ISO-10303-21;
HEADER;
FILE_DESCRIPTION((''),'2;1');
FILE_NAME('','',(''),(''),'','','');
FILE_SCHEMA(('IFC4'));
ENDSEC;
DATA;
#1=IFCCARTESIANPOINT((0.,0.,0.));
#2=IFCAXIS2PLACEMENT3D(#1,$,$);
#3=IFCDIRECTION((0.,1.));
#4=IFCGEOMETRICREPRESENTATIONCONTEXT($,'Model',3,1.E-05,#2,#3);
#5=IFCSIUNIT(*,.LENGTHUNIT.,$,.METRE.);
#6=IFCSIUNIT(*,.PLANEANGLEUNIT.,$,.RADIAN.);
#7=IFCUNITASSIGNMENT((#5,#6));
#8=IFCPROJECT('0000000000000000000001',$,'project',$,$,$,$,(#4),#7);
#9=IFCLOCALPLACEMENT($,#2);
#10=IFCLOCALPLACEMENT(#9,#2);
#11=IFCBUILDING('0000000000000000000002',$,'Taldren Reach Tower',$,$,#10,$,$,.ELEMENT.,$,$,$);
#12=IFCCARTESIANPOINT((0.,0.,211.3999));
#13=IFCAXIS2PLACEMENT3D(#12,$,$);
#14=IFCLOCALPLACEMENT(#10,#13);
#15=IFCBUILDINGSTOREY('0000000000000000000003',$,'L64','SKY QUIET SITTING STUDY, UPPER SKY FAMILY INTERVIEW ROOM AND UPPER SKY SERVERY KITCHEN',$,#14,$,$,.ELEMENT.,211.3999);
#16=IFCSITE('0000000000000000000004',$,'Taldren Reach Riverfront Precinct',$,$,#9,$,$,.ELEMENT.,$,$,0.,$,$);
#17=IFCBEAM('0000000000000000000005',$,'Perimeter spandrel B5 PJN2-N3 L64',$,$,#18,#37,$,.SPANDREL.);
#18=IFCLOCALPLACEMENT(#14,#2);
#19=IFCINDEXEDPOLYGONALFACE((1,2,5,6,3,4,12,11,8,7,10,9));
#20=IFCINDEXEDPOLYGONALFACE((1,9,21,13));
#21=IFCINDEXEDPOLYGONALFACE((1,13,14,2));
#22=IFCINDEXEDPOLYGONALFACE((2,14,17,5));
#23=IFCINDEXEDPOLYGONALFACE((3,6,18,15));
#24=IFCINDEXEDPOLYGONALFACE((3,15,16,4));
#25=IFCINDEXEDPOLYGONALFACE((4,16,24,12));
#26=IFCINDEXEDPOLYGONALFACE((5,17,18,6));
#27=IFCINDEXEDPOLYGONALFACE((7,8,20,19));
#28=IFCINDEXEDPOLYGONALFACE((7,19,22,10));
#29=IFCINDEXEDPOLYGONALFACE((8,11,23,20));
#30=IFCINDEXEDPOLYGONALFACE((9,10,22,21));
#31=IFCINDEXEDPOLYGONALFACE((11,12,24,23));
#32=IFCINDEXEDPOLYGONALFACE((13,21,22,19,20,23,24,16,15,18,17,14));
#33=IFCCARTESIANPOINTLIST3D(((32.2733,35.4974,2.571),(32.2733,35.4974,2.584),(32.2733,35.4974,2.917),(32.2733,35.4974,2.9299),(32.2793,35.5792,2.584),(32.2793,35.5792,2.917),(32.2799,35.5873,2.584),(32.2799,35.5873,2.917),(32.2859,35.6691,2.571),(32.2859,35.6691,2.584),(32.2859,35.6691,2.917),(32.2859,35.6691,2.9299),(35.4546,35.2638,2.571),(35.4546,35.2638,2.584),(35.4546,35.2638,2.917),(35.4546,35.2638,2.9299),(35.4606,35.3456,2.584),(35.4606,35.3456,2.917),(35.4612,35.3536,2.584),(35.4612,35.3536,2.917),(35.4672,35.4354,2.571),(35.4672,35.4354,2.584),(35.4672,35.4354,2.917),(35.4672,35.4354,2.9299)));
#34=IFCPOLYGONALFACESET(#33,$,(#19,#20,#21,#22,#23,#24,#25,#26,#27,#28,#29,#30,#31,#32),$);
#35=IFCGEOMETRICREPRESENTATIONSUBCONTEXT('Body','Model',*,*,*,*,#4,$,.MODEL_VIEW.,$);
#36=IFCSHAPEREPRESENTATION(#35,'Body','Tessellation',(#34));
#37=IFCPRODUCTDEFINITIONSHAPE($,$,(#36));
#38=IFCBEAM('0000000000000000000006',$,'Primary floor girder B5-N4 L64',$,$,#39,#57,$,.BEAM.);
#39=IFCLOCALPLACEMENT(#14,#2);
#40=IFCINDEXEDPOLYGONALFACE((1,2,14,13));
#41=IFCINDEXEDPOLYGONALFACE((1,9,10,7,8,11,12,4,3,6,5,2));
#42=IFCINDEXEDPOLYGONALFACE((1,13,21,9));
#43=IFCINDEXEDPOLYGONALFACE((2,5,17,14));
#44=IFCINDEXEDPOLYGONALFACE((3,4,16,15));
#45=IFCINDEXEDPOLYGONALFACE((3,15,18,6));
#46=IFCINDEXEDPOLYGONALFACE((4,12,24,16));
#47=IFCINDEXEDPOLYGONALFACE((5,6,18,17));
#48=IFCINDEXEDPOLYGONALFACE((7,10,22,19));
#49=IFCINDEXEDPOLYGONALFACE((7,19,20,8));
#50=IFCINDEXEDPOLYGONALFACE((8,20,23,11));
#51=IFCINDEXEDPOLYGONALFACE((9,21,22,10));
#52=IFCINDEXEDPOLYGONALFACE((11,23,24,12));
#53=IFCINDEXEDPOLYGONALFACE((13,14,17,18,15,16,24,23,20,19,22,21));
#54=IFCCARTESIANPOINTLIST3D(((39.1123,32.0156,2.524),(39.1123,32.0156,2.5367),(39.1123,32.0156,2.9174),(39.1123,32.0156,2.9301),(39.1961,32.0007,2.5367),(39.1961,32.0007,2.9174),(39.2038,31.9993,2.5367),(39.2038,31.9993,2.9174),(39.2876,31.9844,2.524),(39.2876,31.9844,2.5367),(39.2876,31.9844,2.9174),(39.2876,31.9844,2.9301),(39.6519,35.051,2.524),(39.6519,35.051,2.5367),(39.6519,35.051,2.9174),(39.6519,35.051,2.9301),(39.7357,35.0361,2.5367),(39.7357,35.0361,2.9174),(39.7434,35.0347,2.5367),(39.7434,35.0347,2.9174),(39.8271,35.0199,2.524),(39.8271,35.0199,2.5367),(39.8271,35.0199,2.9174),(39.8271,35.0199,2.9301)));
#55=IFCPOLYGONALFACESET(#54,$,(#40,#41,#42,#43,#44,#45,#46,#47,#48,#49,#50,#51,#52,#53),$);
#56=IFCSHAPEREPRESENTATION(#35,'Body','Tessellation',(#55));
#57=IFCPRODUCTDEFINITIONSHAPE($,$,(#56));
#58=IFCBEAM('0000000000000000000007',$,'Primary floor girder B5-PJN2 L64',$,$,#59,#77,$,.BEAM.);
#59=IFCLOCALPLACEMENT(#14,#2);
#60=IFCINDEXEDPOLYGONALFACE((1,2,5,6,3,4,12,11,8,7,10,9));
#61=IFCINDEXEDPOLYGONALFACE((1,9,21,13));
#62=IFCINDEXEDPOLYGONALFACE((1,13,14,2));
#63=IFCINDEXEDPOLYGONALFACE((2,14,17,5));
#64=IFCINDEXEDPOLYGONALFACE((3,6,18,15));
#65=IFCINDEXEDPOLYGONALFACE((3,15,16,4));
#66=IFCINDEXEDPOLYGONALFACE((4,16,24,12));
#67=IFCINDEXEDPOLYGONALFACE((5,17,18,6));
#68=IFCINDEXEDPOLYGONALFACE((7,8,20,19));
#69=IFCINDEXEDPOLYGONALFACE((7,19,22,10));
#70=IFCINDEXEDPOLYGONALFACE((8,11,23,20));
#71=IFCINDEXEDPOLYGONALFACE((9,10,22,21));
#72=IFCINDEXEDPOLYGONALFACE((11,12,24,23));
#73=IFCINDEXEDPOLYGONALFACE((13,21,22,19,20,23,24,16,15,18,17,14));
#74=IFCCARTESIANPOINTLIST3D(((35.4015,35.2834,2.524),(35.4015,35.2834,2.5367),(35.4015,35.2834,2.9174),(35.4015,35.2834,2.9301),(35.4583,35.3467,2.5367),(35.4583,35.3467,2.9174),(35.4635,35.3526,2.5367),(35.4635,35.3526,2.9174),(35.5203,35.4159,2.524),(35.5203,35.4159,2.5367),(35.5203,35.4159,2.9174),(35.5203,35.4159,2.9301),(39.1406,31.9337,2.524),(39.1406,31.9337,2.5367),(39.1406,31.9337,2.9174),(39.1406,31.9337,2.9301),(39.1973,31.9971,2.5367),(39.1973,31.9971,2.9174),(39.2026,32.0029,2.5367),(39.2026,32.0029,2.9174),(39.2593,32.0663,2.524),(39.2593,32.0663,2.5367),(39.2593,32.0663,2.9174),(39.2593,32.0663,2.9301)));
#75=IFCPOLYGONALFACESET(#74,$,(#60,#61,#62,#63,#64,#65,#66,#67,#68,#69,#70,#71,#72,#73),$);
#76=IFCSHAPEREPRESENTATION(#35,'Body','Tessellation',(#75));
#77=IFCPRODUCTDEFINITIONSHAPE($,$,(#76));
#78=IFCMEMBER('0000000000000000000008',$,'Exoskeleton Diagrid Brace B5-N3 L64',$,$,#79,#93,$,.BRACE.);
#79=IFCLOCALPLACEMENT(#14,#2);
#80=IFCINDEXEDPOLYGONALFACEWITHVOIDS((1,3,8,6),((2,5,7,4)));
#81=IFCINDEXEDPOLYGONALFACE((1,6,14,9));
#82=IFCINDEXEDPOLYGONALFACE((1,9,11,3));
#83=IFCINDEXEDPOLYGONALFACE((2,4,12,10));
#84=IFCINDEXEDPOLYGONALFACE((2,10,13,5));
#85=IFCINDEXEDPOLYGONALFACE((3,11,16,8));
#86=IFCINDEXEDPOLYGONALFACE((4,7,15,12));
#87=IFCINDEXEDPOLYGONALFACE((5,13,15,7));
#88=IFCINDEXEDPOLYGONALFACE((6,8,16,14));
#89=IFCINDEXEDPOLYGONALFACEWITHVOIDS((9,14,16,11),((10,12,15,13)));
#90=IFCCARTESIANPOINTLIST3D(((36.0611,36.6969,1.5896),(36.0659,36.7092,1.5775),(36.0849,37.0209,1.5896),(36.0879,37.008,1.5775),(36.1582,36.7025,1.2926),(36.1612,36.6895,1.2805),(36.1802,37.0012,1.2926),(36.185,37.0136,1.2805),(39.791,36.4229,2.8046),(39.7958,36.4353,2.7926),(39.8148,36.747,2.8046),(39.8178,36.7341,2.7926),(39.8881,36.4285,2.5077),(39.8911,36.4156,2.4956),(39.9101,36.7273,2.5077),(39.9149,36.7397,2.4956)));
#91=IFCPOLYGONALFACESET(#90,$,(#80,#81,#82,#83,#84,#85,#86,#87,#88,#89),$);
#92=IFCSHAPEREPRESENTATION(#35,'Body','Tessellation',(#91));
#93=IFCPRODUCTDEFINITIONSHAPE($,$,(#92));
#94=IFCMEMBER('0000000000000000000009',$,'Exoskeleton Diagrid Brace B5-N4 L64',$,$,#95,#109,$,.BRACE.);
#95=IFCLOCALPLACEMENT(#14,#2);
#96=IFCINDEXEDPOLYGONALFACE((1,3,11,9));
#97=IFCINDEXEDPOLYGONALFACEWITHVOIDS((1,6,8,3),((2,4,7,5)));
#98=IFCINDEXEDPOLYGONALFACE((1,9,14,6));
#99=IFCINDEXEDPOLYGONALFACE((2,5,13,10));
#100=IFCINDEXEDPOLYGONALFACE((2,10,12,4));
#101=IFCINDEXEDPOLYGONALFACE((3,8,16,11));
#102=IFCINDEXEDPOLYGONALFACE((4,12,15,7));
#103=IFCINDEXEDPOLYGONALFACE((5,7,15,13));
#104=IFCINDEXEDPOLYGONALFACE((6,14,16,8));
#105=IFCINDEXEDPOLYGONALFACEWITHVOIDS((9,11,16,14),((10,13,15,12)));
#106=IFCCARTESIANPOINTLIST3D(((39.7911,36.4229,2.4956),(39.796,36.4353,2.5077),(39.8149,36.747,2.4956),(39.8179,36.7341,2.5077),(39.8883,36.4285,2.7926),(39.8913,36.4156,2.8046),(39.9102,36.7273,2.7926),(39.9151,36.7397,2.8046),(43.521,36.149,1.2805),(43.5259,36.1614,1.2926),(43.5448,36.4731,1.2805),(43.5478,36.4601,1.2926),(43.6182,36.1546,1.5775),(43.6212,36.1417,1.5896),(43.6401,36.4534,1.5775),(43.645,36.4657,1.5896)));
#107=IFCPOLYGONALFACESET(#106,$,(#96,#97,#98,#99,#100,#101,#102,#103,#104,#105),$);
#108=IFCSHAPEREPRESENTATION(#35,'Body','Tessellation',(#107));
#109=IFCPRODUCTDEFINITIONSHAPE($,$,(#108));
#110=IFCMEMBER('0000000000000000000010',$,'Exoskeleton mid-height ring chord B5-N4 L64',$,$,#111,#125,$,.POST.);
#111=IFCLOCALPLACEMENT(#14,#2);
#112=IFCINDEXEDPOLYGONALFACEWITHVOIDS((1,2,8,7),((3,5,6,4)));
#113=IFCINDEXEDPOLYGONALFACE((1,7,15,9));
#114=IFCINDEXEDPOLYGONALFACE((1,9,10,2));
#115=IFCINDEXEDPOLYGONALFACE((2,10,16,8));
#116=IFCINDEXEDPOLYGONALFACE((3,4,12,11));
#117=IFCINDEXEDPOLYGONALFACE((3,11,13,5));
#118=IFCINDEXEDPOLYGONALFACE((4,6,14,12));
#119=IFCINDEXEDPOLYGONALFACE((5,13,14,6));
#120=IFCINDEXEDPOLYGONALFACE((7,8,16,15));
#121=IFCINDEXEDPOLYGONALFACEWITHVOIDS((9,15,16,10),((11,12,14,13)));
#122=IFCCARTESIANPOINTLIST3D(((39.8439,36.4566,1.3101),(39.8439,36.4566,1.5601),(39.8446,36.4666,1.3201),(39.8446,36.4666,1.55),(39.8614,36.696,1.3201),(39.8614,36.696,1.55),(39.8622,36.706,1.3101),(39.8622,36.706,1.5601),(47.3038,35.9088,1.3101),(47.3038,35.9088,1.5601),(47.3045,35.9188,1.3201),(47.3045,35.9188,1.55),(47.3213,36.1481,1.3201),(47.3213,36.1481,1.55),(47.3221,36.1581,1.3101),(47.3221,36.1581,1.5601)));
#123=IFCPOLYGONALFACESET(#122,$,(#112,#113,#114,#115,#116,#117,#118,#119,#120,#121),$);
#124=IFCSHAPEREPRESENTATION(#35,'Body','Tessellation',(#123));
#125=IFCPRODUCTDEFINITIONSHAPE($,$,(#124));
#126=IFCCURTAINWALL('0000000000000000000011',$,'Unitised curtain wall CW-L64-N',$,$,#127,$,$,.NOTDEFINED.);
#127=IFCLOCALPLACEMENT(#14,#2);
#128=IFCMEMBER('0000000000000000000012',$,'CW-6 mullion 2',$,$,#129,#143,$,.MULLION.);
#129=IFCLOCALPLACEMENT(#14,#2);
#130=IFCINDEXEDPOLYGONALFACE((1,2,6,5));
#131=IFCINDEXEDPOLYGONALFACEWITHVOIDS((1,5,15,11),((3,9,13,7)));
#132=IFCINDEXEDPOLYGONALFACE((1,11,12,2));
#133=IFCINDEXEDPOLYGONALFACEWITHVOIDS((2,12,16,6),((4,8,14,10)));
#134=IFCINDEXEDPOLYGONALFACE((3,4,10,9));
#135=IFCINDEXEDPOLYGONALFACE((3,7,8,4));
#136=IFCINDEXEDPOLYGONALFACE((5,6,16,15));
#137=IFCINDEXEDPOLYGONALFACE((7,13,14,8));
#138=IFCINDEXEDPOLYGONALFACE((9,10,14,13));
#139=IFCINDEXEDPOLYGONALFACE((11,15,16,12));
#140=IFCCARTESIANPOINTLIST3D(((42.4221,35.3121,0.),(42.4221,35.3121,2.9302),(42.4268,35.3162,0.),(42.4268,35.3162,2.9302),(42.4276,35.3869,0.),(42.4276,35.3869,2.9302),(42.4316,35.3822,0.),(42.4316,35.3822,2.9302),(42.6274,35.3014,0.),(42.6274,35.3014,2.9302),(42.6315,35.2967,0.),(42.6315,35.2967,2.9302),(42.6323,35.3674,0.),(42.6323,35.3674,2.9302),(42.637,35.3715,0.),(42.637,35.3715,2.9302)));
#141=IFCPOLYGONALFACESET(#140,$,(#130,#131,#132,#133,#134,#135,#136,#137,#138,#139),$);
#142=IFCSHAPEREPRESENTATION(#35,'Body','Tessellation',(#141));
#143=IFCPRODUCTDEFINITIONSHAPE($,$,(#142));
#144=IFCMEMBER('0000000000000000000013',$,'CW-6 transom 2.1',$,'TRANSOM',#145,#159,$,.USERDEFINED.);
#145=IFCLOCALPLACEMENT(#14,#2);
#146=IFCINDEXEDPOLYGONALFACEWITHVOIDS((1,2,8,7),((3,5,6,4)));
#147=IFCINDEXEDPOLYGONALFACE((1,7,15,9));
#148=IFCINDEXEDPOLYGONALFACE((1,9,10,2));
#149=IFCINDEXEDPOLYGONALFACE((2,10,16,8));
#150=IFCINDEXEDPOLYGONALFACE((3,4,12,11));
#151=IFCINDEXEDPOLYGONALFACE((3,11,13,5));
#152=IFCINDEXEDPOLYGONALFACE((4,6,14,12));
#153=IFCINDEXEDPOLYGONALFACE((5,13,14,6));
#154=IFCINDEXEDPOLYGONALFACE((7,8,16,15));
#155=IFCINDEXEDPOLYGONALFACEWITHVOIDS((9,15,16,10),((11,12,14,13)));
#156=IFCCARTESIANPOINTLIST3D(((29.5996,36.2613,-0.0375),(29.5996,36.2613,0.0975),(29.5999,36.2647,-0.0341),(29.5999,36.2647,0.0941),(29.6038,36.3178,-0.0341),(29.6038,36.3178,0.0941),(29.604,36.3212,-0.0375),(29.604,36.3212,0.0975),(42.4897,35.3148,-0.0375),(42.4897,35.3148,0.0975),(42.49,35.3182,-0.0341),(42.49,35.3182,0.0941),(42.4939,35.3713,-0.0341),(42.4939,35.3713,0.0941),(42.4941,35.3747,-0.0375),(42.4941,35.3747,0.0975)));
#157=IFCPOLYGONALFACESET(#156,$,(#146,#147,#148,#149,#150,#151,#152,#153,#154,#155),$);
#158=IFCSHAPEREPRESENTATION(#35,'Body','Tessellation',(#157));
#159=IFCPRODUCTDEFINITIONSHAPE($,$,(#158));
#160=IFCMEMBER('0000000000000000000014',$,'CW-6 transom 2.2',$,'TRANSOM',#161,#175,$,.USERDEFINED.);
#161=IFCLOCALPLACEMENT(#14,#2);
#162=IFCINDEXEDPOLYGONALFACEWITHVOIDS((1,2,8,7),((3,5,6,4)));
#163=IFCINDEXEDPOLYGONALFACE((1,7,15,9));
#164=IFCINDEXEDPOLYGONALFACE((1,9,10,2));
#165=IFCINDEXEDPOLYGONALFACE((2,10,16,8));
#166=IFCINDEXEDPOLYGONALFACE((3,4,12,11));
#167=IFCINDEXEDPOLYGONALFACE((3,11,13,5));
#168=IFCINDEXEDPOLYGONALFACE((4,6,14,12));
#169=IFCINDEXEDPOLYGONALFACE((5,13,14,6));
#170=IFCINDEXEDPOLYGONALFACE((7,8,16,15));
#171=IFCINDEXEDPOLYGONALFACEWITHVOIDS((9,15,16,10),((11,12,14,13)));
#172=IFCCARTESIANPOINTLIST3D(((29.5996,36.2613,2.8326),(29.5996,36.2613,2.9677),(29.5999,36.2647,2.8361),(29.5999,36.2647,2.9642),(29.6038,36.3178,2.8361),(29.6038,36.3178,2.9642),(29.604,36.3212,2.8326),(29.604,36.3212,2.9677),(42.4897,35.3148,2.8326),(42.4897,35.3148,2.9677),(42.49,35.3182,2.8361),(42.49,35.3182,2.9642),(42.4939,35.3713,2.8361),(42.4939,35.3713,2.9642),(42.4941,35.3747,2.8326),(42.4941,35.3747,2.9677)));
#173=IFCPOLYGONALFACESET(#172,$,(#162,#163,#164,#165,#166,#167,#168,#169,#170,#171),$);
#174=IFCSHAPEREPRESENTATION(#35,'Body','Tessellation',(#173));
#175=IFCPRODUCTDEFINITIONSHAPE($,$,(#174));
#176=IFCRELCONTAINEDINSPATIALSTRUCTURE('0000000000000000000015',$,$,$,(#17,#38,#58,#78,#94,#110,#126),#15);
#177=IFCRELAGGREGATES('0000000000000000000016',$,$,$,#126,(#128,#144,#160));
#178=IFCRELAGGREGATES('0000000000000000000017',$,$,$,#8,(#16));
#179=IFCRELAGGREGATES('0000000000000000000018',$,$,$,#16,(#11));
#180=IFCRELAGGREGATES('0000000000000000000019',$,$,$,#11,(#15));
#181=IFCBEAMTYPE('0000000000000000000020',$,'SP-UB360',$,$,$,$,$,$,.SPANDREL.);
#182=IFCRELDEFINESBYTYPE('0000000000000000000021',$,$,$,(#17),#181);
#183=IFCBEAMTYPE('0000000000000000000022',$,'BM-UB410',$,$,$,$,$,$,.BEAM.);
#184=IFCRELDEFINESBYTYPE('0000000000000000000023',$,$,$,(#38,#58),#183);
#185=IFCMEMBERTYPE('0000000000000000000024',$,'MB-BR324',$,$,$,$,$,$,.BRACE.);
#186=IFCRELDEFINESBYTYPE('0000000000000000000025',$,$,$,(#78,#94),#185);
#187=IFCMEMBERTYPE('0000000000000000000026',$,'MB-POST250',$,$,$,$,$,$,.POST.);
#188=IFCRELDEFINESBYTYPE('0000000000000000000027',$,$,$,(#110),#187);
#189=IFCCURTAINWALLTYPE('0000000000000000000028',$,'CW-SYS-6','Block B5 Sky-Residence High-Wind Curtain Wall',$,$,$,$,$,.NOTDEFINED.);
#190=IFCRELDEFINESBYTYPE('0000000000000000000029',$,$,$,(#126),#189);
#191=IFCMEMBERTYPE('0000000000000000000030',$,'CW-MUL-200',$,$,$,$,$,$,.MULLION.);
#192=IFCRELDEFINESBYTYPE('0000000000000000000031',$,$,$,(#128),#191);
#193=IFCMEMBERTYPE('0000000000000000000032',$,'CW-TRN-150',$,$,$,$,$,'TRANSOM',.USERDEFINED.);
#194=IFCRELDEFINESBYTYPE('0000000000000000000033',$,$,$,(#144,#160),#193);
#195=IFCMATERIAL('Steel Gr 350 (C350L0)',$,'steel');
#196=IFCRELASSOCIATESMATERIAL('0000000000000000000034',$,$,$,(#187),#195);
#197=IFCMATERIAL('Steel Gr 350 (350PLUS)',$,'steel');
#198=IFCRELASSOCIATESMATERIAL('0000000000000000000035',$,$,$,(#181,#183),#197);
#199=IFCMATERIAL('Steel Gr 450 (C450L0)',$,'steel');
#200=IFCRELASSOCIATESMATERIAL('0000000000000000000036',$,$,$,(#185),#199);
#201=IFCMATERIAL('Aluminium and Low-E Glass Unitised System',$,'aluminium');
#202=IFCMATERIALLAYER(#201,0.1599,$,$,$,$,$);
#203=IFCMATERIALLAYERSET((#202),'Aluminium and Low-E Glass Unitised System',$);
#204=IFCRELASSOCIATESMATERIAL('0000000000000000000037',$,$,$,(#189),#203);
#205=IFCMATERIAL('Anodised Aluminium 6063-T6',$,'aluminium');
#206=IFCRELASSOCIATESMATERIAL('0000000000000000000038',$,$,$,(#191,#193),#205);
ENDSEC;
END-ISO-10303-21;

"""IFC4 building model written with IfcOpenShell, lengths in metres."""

from ifc_helpers import new_model, si_unit, direction, frame, origin, origin_2d, place, context, subcontext, project, spatial, hollow_rectangle, i_section, extrude, source, transform, mapped, material, layer, layer_set, material_profile, profile_set, type_object, element, aggregate, save


model = new_model("IFC4")

# Units and contexts
model_context = context("Model", 3, precision=1e-05, world=origin(), true_north=direction((0.0, 1.0)))
body_context = subcontext(model_context, "Body", "Model", "MODEL_VIEW")
ifc_project = project(units=[si_unit("LENGTHUNIT", "METRE"), si_unit("PLANEANGLEUNIT", "RADIAN")], contexts=[model_context])

# Site, building, storey
site_placement = place(None, origin())
site = spatial("IfcSite", under=ifc_project, at=site_placement, Name="Taldren Reach Riverfront Precinct", CompositionType="ELEMENT", RefElevation=0.0)
building_placement = place(site_placement, origin())
building = spatial("IfcBuilding", under=site, at=building_placement, Name="Taldren Reach Tower", CompositionType="ELEMENT")
storey_placement = place(building_placement, frame((0.0, 0.0, 211.3999)))
storey = spatial("IfcBuildingStorey", under=building, at=storey_placement, Name="L64", Description="SKY QUIET SITTING STUDY, UPPER SKY FAMILY INTERVIEW ROOM AND UPPER SKY SERVERY KITCHEN", CompositionType="ELEMENT", Elevation=211.3999)

# Shared definitions
ifc_material_1 = material(Name="Steel Gr 350 (C350L0)", Category="steel")
ifc_material_2 = material(Name="Steel Gr 350 (350PLUS)", Category="steel")

# Shared definitions
ifc_material_profile_1 = material_profile(ifc_material_1, hollow_rectangle(XDim=0.25, YDim=0.25, WallThickness=0.01, at=origin_2d()), Name="250x250x10.0SHS")
ifc_profile_set_1 = profile_set([ifc_material_profile_1], Name="Steel Gr 350 (C350L0)")
member_type_1 = type_object("IfcMemberType", Name="MB-POST250", PredefinedType="POST", material=ifc_profile_set_1)
ifc_material_3 = material(Name="Steel Gr 450 (C450L0)", Category="steel")

# Beams
ifc_material_profile_2 = material_profile(ifc_material_2, i_section(OverallWidth=0.1721, OverallDepth=0.3589, WebThickness=0.0081, FlangeThickness=0.0129, at=origin_2d()), Name="360UB56.7")
ifc_profile_set_2 = profile_set([ifc_material_profile_2], Name="Steel Gr 350 (350PLUS)")
beam_type_1 = type_object("IfcBeamType", Name="SP-UB360", PredefinedType="SPANDREL", material=ifc_profile_set_2)
shared_shape_1 = source(origin(), body_context, "Body", "SweptSolid", [
    extrude(i_section(OverallWidth=0.1721, OverallDepth=0.3589, WebThickness=0.0081, FlangeThickness=0.0129, at=origin_2d()), origin(), (0.0, 0.0, 1.0), 3.1899),
])
beam_1_placement = place(storey_placement, frame((35.4609, 35.3496, 2.7505), z_axis=(-0.997314, 0.073243, 0.0), x_axis=(-0.073243, -0.997314, 0.0)))
element("IfcBeam", 1, at=beam_1_placement, inside=storey, type_object=beam_type_1, Name="Perimeter spandrel B5 PJN2-N3 L64", PredefinedType="SPANDREL", context=body_context, shape_type="MappedRepresentation", body=[
    mapped(shared_shape_1, transform((0.0, 0.0, 0.0), scale=1.0)),
])
ifc_material_profile_3 = material_profile(ifc_material_2, i_section(OverallWidth=0.178, OverallDepth=0.406, WebThickness=0.0078, FlangeThickness=0.0127, at=origin_2d()), Name="410UB59.7")
ifc_profile_set_3 = profile_set([ifc_material_profile_3], Name="Steel Gr 350 (350PLUS)")
beam_type_2 = type_object("IfcBeamType", Name="BM-UB410", PredefinedType="BEAM", material=ifc_profile_set_3)
shared_shape_2 = source(origin(), body_context, "Body", "SweptSolid", [
    extrude(i_section(OverallWidth=0.178, OverallDepth=0.406, WebThickness=0.0078, FlangeThickness=0.0127, at=origin_2d()), origin(), (0.0, 0.0, 1.0), 3.083),
])
beam_2_placement = place(storey_placement, frame((39.2, 32.0, 2.7271), z_axis=(0.175009, 0.984567, 0.0), x_axis=(-0.984567, 0.175009, 0.0)))
element("IfcBeam", 2, at=beam_2_placement, inside=storey, type_object=beam_type_2, Name="Primary floor girder B5-N4 L64", PredefinedType="BEAM", context=body_context, shape_type="MappedRepresentation", body=[
    mapped(shared_shape_2, transform((0.0, 0.0, 0.0), scale=1.0)),
])
shared_shape_3 = source(origin(), body_context, "Body", "SweptSolid", [
    extrude(i_section(OverallWidth=0.178, OverallDepth=0.406, WebThickness=0.0078, FlangeThickness=0.0127, at=origin_2d()), origin(), (0.0, 0.0, 1.0), 5.02),
])
beam_3_placement = place(storey_placement, frame((39.2, 32.0, 2.7271), z_axis=(-0.744828, 0.667257, 0.0), x_axis=(-0.667257, -0.744828, 0.0)))
element("IfcBeam", 3, at=beam_3_placement, inside=storey, type_object=beam_type_2, Name="Primary floor girder B5-PJN2 L64", PredefinedType="BEAM", context=body_context, shape_type="MappedRepresentation", body=[
    mapped(shared_shape_3, transform((0.0, 0.0, 0.0), scale=1.0)),
])

# Members
ifc_material_profile_4 = material_profile(ifc_material_3, hollow_rectangle(XDim=0.325, YDim=0.325, WallThickness=0.0127, at=origin_2d()), Name="325x325x12.7SHS")
ifc_profile_set_4 = profile_set([ifc_material_profile_4], Name="Steel Gr 450 (C450L0)")
member_type_2 = type_object("IfcMemberType", Name="MB-BR324", PredefinedType="BRACE", material=ifc_profile_set_4)
shared_shape_4 = source(origin(), body_context, "Body", "SweptSolid", [
    extrude(hollow_rectangle(XDim=0.325, YDim=0.325, WallThickness=0.0127, at=origin_2d()), origin(), (0.0, 0.0, 1.0), 3.9324),
])
for number, where, z_axis, x_axis, name in (
    (4, (36.123, 36.8552, 1.4351), (0.948511, -0.069658, 0.308989), (0.073242, 0.997314, 0.0), "Exoskeleton Diagrid Brace B5-N3 L64"),
    (5, (43.583, 36.3074, 1.4351), (-0.948511, 0.069658, 0.308989), (-0.073242, -0.997314, 0.0), "Exoskeleton Diagrid Brace B5-N4 L64"),
):
    element("IfcMember", number, at=place(storey_placement, frame(where, z_axis=z_axis, x_axis=x_axis)), inside=storey, type_object=member_type_2, Name=name, PredefinedType="BRACE", context=body_context, shape_type="MappedRepresentation", body=[
        mapped(shared_shape_4, transform((0.0, 0.0, 0.0), scale=1.0)),
    ])
shared_shape_5 = source(origin(), body_context, "Body", "SweptSolid", [
    extrude(hollow_rectangle(XDim=0.25, YDim=0.25, WallThickness=0.01, at=origin_2d()), origin(), (0.0, 0.0, 1.0), 7.48),
])
member_1_placement = place(storey_placement, frame((39.853, 36.5813, 1.4351), z_axis=(0.997314, -0.073242, 0.0), x_axis=(0.073242, 0.997314, 0.0)))
element("IfcMember", 6, at=member_1_placement, inside=storey, type_object=member_type_1, Name="Exoskeleton mid-height ring chord B5-N4 L64", PredefinedType="POST", context=body_context, shape_type="MappedRepresentation", body=[
    mapped(shared_shape_5, transform((0.0, 0.0, 0.0), scale=1.0)),
])

# Curtain wall, members
ifc_material_4 = material(Name="Aluminium and Low-E Glass Unitised System", Category="aluminium")
ifc_layer_1 = layer(ifc_material_4, 0.1599)
ifc_layer_set_1 = layer_set([ifc_layer_1], Name="Aluminium and Low-E Glass Unitised System")
curtain_wall_type = type_object("IfcCurtainWallType", Name="CW-SYS-6", Description="Block B5 Sky-Residence High-Wind Curtain Wall", PredefinedType="NOTDEFINED", material=ifc_layer_set_1)
curtain_wall_placement = place(storey_placement, origin())
curtain_wall = element("IfcCurtainWall", 7, at=curtain_wall_placement, inside=storey, type_object=curtain_wall_type, Name="Unitised curtain wall CW-L64-N", PredefinedType="NOTDEFINED")
ifc_material_5 = material(Name="Anodised Aluminium 6063-T6", Category="aluminium")
ifc_material_profile_5 = material_profile(ifc_material_5, hollow_rectangle(XDim=0.075, YDim=0.21, WallThickness=0.0044, at=origin_2d()), Name="ALU-210x75x4.5RHS")
ifc_profile_set_5 = profile_set([ifc_material_profile_5], Name="Anodised Aluminium 6063-T6")
member_type_3 = type_object("IfcMemberType", Name="CW-MUL-200", PredefinedType="MULLION", material=ifc_profile_set_5)
shared_shape_6 = source(origin(), body_context, "Body", "SweptSolid", [
    extrude(hollow_rectangle(XDim=0.075, YDim=0.21, WallThickness=0.0044, at=origin_2d()), origin(), (0.0, 0.0, 1.0), 2.9302),
])
member_2_placement = place(storey_placement, frame((42.5295, 35.3418, 0.0), z_axis=(0.0, 0.0, 1.0), x_axis=(-0.073238, -0.997314, 0.0)))
member_2 = element("IfcMember", 8, at=member_2_placement, type_object=member_type_3, Name="CW-6 mullion 2", PredefinedType="MULLION", context=body_context, shape_type="MappedRepresentation", body=[
    mapped(shared_shape_6, transform((0.0, 0.0, 0.0), scale=1.0)),
])
ifc_material_profile_6 = material_profile(ifc_material_5, hollow_rectangle(XDim=0.0601, YDim=0.135, WallThickness=0.0034, at=origin_2d()), Name="ALU-135x60x3.5RHS")
ifc_profile_set_6 = profile_set([ifc_material_profile_6], Name="Anodised Aluminium 6063-T6")
member_type_4 = type_object("IfcMemberType", Name="CW-TRN-150", ElementType="TRANSOM", PredefinedType="USERDEFINED", material=ifc_profile_set_6)
shared_shape_7 = source(origin(), body_context, "Body", "SweptSolid", [
    extrude(hollow_rectangle(XDim=0.0601, YDim=0.135, WallThickness=0.0034, at=origin_2d()), origin(), (0.0, 0.0, 1.0), 12.9248),
])
member_3_placement = place(storey_placement, frame((42.4919, 35.3447, 0.03), z_axis=(-0.997315, 0.073234, 0.0), x_axis=(-0.073234, -0.997315, 0.0)))
member_3 = element("IfcMember", 9, at=member_3_placement, type_object=member_type_4, Name="CW-6 transom 2.1", ObjectType="TRANSOM", PredefinedType="USERDEFINED", context=body_context, shape_type="MappedRepresentation", body=[
    mapped(shared_shape_7, transform((0.0, 0.0, 0.0), scale=1.0)),
])
member_4_placement = place(storey_placement, frame((42.4919, 35.3447, 2.9001), z_axis=(-0.997315, 0.073234, 0.0), x_axis=(-0.073234, -0.997315, 0.0)))
member_4 = element("IfcMember", 10, at=member_4_placement, type_object=member_type_4, Name="CW-6 transom 2.2", ObjectType="TRANSOM", PredefinedType="USERDEFINED", context=body_context, shape_type="MappedRepresentation", body=[
    mapped(shared_shape_7, transform((0.0, 0.0, 0.0), scale=1.0)),
])

aggregate(curtain_wall, [member_2, member_3, member_4])

save(model, "model.ifc")
